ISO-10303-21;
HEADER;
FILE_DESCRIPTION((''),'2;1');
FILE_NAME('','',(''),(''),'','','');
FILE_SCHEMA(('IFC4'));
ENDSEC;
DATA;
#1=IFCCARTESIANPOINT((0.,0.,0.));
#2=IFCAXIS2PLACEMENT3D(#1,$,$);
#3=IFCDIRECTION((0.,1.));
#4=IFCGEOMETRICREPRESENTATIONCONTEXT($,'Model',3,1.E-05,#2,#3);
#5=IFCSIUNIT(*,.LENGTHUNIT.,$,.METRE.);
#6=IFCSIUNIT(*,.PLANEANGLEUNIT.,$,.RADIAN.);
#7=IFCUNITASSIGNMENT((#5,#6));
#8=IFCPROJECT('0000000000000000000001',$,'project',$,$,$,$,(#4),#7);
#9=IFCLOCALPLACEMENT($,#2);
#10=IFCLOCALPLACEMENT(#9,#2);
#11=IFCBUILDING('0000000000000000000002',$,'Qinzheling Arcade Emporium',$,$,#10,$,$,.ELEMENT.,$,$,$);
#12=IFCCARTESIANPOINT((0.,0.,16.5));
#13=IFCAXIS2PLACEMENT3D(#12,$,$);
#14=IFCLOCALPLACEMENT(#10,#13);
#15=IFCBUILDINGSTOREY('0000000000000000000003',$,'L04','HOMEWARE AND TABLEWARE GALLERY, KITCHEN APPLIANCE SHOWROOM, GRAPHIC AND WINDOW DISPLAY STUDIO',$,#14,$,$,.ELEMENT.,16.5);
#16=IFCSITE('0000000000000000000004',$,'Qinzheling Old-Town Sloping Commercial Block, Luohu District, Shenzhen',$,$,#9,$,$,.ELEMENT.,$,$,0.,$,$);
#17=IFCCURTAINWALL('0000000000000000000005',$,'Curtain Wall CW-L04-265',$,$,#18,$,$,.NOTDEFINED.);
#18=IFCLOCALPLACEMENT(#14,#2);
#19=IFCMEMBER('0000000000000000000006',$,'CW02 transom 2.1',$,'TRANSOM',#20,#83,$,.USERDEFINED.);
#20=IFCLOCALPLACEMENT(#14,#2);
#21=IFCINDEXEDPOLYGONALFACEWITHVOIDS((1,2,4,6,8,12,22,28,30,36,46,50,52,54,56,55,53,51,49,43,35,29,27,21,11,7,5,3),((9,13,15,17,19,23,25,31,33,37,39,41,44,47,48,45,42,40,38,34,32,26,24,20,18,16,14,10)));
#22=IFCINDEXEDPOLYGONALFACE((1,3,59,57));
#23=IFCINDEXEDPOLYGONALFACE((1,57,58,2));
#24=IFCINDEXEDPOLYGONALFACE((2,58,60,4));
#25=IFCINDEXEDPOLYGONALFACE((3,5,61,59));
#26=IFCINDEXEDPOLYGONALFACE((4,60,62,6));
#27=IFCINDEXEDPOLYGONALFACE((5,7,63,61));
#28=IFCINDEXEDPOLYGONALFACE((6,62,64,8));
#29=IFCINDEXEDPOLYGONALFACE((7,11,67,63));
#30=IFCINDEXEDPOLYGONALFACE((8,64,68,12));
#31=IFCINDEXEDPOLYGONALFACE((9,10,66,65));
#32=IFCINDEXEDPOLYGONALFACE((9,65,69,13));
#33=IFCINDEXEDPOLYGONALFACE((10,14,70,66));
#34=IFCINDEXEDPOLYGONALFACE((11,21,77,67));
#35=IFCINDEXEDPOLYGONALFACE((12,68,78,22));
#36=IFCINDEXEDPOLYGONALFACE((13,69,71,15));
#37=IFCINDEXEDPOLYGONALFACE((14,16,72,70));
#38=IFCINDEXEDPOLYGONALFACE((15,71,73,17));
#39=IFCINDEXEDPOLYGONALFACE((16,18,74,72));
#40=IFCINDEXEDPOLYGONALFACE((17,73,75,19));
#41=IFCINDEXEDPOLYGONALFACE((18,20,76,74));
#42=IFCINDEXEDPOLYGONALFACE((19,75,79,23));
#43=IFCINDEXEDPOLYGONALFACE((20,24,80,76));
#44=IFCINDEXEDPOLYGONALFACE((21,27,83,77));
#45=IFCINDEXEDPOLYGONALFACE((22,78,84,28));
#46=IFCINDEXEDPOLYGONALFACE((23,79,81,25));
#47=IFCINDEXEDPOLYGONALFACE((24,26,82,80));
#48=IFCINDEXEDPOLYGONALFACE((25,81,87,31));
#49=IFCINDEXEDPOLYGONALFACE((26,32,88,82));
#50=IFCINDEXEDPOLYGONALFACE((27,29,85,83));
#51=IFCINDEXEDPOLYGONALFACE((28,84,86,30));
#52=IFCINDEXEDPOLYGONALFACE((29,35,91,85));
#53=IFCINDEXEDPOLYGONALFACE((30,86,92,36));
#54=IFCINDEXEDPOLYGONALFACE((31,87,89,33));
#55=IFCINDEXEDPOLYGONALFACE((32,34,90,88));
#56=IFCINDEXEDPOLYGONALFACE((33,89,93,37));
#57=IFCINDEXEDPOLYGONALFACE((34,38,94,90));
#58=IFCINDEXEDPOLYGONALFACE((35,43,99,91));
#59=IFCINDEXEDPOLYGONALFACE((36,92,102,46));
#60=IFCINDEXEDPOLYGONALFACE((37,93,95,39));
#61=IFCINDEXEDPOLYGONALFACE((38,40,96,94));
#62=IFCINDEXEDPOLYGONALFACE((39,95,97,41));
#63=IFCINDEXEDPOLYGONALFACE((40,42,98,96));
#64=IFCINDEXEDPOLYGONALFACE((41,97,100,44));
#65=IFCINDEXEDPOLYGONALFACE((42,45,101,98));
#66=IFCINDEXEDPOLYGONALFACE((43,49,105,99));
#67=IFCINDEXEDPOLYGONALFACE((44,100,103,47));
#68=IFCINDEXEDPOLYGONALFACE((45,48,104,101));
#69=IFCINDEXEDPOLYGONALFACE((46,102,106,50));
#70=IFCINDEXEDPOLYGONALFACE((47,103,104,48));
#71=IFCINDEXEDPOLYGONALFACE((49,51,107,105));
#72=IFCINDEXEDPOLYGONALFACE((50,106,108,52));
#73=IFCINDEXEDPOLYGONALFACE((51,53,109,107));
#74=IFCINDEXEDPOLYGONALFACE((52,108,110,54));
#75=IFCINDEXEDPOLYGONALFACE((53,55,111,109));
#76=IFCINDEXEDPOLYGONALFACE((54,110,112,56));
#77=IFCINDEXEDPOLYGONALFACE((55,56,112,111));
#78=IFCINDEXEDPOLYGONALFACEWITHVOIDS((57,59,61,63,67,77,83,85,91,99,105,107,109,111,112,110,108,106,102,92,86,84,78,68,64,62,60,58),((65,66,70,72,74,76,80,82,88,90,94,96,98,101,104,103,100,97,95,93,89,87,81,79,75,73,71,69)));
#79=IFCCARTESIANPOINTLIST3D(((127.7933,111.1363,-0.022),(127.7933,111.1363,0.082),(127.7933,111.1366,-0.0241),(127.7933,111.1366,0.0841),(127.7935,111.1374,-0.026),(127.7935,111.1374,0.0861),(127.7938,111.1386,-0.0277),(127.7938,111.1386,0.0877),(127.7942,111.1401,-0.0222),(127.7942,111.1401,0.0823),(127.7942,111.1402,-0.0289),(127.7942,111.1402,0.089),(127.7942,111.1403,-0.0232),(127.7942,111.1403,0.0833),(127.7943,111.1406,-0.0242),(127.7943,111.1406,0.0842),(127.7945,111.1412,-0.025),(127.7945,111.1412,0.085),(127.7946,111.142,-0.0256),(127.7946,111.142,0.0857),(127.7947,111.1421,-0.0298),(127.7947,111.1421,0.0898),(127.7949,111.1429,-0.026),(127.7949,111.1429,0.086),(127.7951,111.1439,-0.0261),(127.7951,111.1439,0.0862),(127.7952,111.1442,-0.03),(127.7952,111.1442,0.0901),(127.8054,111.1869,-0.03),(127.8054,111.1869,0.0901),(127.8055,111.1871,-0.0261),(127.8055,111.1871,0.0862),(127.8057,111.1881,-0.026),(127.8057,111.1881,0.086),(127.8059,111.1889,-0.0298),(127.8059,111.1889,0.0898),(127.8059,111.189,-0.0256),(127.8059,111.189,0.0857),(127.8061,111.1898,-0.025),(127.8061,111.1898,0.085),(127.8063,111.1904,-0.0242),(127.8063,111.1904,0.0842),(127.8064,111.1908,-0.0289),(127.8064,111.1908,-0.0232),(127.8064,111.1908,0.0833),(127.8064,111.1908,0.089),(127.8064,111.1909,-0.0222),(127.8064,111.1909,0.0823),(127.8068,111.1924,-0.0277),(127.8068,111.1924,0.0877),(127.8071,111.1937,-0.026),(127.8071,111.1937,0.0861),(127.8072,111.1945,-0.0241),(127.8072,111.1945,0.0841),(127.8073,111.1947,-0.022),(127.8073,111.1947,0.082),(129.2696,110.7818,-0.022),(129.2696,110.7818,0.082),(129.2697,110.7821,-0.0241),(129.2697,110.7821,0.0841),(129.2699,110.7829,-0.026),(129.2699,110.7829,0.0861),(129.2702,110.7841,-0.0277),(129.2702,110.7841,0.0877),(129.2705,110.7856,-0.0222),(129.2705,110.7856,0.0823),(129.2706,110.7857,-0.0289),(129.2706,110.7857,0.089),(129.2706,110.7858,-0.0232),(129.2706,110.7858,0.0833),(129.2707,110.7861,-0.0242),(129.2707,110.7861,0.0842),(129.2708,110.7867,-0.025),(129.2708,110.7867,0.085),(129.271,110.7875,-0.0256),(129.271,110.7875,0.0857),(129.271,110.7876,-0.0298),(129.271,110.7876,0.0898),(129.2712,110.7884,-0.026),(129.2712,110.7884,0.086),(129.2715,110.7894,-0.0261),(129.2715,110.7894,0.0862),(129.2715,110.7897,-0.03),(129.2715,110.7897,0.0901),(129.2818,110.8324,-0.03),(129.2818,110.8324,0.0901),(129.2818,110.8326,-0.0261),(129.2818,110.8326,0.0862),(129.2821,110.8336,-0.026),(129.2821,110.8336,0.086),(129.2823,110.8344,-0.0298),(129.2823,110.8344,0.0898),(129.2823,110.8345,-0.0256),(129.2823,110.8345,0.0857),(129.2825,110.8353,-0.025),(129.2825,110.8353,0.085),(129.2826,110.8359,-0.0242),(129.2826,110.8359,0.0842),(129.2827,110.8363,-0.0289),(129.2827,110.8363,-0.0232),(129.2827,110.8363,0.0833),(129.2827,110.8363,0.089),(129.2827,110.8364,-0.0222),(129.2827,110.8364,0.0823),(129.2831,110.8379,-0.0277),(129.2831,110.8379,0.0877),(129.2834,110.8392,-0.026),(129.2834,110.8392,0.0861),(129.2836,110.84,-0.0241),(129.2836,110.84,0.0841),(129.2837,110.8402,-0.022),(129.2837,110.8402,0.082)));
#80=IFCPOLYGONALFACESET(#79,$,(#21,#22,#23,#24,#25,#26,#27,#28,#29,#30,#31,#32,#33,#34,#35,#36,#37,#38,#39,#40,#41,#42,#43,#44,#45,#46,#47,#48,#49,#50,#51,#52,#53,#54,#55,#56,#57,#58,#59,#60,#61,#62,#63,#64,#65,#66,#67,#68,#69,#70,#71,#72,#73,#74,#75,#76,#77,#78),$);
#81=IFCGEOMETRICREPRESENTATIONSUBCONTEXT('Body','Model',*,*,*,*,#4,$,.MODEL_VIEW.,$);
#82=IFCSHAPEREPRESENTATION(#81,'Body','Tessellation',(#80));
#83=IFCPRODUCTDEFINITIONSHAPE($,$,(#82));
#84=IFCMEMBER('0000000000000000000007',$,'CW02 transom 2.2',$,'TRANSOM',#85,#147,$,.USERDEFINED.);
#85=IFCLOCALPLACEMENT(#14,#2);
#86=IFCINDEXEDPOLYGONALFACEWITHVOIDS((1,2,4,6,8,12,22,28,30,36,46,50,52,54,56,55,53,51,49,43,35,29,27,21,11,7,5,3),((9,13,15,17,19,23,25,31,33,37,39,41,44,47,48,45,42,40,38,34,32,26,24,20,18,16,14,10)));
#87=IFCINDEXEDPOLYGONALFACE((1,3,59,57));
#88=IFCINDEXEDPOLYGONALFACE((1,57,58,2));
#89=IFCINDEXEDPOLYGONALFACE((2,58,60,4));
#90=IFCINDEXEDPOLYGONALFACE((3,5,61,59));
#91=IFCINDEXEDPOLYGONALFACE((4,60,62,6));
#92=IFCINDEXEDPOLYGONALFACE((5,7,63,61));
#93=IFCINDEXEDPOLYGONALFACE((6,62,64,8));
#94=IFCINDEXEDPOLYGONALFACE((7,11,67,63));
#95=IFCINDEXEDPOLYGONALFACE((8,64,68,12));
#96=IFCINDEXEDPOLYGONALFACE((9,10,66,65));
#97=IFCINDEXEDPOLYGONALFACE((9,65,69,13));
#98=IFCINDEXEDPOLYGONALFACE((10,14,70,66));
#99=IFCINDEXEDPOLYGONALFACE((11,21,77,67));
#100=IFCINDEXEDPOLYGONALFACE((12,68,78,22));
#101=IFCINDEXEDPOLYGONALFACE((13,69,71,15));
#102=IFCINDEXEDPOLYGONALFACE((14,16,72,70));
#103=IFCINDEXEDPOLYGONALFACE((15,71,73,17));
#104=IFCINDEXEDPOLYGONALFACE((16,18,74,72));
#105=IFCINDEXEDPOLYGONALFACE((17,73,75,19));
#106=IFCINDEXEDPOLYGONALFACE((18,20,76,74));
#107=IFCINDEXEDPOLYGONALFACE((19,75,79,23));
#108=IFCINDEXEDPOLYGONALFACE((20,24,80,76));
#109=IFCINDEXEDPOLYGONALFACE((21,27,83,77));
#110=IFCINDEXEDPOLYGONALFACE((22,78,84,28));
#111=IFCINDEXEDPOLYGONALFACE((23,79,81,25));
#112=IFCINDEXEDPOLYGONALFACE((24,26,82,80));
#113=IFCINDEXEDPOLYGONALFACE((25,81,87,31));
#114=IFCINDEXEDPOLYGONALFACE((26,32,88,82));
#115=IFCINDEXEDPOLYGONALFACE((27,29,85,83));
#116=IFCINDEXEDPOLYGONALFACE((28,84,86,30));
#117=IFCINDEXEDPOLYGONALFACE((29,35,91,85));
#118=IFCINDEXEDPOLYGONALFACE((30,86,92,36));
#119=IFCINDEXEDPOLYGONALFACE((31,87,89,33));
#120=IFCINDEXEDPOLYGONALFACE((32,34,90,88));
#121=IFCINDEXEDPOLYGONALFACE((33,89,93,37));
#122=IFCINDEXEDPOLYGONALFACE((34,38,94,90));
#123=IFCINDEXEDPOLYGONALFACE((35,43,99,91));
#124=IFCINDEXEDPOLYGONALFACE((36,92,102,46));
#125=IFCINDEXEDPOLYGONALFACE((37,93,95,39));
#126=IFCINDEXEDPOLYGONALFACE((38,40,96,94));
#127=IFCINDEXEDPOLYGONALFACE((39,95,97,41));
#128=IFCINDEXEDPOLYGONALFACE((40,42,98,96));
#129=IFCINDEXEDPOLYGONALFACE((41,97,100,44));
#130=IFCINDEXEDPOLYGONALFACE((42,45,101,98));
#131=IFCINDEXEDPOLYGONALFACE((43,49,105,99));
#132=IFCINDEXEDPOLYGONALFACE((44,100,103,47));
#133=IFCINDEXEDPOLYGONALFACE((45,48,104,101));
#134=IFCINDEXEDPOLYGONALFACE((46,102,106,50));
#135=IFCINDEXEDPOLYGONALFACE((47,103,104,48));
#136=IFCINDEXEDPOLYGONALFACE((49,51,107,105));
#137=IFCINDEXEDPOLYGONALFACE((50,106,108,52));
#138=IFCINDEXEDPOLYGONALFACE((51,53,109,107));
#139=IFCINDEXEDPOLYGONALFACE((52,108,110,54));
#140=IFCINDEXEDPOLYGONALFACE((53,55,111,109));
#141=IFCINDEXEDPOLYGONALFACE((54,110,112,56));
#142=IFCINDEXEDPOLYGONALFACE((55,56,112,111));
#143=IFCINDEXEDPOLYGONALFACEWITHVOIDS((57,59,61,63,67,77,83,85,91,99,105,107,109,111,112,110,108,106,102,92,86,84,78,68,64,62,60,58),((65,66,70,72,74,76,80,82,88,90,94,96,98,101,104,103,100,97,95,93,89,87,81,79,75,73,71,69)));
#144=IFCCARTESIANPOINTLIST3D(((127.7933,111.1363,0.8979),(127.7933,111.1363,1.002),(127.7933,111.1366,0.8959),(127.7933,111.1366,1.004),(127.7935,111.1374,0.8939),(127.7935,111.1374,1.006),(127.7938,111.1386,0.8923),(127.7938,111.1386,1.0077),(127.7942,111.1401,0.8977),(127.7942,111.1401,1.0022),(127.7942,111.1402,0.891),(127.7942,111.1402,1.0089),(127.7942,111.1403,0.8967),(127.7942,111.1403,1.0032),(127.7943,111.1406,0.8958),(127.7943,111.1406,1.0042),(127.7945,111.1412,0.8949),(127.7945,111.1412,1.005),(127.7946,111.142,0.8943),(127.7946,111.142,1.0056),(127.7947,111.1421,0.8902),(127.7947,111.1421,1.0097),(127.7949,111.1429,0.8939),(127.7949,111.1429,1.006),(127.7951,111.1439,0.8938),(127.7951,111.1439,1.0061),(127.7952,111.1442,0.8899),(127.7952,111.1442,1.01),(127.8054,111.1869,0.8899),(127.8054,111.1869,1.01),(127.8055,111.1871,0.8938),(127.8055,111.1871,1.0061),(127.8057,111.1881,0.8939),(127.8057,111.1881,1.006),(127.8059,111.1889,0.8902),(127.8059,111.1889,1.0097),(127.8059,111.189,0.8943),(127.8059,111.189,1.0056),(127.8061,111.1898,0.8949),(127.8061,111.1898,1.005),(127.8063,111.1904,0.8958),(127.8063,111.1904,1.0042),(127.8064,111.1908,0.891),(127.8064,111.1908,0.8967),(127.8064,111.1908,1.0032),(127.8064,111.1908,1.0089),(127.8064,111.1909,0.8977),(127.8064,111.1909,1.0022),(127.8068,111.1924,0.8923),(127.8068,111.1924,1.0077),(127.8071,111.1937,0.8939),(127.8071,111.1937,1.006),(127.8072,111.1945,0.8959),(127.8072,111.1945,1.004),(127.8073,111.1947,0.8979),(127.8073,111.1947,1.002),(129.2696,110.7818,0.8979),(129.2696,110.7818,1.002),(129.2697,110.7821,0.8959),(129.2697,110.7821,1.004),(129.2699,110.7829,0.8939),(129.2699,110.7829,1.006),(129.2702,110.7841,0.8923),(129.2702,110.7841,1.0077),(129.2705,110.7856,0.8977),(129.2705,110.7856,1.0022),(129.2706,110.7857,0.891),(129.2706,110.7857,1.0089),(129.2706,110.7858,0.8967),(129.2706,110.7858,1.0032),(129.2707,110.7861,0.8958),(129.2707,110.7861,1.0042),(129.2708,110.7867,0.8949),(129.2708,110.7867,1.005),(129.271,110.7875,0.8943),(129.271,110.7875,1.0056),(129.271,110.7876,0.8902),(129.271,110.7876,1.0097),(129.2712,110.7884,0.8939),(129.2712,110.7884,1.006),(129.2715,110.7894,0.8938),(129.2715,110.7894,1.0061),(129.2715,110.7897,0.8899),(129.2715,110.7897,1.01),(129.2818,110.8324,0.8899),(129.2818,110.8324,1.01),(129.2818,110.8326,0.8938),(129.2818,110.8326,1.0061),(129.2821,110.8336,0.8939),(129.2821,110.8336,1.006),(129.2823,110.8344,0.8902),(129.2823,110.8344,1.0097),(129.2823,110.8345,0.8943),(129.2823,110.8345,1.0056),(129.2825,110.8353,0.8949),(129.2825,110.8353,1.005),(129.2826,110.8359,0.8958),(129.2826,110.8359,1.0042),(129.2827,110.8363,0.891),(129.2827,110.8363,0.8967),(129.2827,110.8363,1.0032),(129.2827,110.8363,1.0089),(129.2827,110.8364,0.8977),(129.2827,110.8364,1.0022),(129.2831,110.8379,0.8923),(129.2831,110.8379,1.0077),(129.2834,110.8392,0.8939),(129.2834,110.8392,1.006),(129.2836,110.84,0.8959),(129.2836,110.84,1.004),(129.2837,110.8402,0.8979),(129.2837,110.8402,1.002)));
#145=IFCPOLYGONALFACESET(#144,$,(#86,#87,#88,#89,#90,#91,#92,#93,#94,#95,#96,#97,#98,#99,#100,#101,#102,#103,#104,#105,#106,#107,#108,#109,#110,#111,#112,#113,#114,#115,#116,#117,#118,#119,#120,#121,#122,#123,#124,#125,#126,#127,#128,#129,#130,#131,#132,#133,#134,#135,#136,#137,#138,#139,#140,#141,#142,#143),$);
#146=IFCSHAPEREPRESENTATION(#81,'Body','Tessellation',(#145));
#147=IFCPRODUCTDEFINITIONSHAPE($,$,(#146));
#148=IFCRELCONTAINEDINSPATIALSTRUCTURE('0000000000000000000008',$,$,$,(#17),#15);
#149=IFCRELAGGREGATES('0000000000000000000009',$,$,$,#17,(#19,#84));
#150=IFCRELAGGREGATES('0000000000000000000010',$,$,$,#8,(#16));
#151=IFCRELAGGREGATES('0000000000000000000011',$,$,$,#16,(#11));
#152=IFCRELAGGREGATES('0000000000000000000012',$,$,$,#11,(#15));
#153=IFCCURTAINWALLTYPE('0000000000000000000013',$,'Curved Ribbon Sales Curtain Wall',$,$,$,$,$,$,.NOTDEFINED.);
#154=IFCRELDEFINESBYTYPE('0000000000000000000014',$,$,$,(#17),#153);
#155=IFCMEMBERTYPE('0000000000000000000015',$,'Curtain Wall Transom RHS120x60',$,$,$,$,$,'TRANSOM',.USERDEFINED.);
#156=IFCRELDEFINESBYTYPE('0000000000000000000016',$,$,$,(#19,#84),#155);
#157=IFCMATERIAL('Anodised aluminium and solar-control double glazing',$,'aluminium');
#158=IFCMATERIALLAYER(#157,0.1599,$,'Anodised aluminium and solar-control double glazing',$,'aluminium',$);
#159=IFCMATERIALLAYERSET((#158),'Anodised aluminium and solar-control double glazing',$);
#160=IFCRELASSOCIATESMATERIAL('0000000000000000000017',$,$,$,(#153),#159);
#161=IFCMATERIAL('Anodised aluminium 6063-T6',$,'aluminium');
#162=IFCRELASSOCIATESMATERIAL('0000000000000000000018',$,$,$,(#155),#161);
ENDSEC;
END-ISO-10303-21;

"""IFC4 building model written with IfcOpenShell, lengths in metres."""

from ifc_helpers import new_model, si_unit, direction, frame, origin, origin_2d, place, context, subcontext, project, spatial, hollow_rectangle, extrude, material, layer, layer_set, material_profile, profile_set, type_object, element, aggregate, save


model = new_model("IFC4")

# Units and contexts
model_context = context("Model", 3, precision=1e-05, world=origin(), true_north=direction((0.0, 1.0)))
body_context = subcontext(model_context, "Body", "Model", "MODEL_VIEW")
ifc_project = project(units=[si_unit("LENGTHUNIT", "METRE"), si_unit("PLANEANGLEUNIT", "RADIAN")], contexts=[model_context])

# Site, building, storey
site_placement = place(None, origin())
site = spatial("IfcSite", under=ifc_project, at=site_placement, Name="Qinzheling Old-Town Sloping Commercial Block, Luohu District, Shenzhen", CompositionType="ELEMENT", RefElevation=0.0)
building_placement = place(site_placement, origin())
building = spatial("IfcBuilding", under=site, at=building_placement, Name="Qinzheling Arcade Emporium", CompositionType="ELEMENT")
storey_placement = place(building_placement, frame((0.0, 0.0, 16.5)))
storey = spatial("IfcBuildingStorey", under=building, at=storey_placement, Name="L04", Description="HOMEWARE AND TABLEWARE GALLERY, KITCHEN APPLIANCE SHOWROOM, GRAPHIC AND WINDOW DISPLAY STUDIO", CompositionType="ELEMENT", Elevation=16.5)

# Shared definitions
ifc_material_1 = material(Name="Anodised aluminium and solar-control double glazing", Category="aluminium")
ifc_material_2 = material(Name="Anodised aluminium 6063-T6", Category="aluminium")

# Curtain wall
ifc_layer_1 = layer(ifc_material_1, 0.1599, Name="Anodised aluminium and solar-control double glazing", Category="aluminium")
ifc_layer_set_1 = layer_set([ifc_layer_1], Name="Anodised aluminium and solar-control double glazing")
curtain_wall_type_1 = type_object("IfcCurtainWallType", Name="Curved Ribbon Sales Curtain Wall", PredefinedType="NOTDEFINED", material=ifc_layer_set_1)
curtain_wall_1_placement = place(storey_placement, origin())
curtain_wall_1 = element("IfcCurtainWall", 1, at=curtain_wall_1_placement, inside=storey, type_object=curtain_wall_type_1, Name="Curtain Wall CW-L04-265", PredefinedType="NOTDEFINED")

# Members
ifc_material_profile_1 = material_profile(ifc_material_2, hollow_rectangle(XDim=0.0601, YDim=0.1201, WallThickness=0.0039, InnerFilletRadius=0.0039, OuterFilletRadius=0.0081, at=origin_2d()), Name="RHS 120x60x4", Category="aluminium")
ifc_profile_set_1 = profile_set([ifc_material_profile_1], Name="Anodised aluminium 6063-T6")
member_type_1 = type_object("IfcMemberType", Name="Curtain Wall Transom RHS120x60", ElementType="TRANSOM", PredefinedType="USERDEFINED", material=ifc_profile_set_1)
member_1_placement = place(storey_placement, frame((127.8003, 111.1655, 0.03), z_axis=(0.972361, -0.233482, 0.0), x_axis=(0.233482, 0.972361, 0.0)))
member_1 = element("IfcMember", 2, at=member_1_placement, type_object=member_type_1, Name="CW02 transom 2.1", ObjectType="TRANSOM", PredefinedType="USERDEFINED", context=body_context, shape_type="SweptSolid", body=[
    extrude(hollow_rectangle(XDim=0.0601, YDim=0.1201, WallThickness=0.0039, InnerFilletRadius=0.0039, OuterFilletRadius=0.0081, at=origin_2d()), origin(), (0.0, 0.0, 1.0), 1.5183),
])
member_2_placement = place(storey_placement, frame((127.8003, 111.1655, 0.95), z_axis=(0.972361, -0.233482, 0.0), x_axis=(0.233482, 0.972361, 0.0)))
member_2 = element("IfcMember", 3, at=member_2_placement, type_object=member_type_1, Name="CW02 transom 2.2", ObjectType="TRANSOM", PredefinedType="USERDEFINED", context=body_context, shape_type="SweptSolid", body=[
    extrude(hollow_rectangle(XDim=0.0601, YDim=0.1201, WallThickness=0.0039, InnerFilletRadius=0.0039, OuterFilletRadius=0.0081, at=origin_2d()), origin(), (0.0, 0.0, 1.0), 1.5183),
])

aggregate(curtain_wall_1, [member_1, member_2])

save(model, "model.ifc")
